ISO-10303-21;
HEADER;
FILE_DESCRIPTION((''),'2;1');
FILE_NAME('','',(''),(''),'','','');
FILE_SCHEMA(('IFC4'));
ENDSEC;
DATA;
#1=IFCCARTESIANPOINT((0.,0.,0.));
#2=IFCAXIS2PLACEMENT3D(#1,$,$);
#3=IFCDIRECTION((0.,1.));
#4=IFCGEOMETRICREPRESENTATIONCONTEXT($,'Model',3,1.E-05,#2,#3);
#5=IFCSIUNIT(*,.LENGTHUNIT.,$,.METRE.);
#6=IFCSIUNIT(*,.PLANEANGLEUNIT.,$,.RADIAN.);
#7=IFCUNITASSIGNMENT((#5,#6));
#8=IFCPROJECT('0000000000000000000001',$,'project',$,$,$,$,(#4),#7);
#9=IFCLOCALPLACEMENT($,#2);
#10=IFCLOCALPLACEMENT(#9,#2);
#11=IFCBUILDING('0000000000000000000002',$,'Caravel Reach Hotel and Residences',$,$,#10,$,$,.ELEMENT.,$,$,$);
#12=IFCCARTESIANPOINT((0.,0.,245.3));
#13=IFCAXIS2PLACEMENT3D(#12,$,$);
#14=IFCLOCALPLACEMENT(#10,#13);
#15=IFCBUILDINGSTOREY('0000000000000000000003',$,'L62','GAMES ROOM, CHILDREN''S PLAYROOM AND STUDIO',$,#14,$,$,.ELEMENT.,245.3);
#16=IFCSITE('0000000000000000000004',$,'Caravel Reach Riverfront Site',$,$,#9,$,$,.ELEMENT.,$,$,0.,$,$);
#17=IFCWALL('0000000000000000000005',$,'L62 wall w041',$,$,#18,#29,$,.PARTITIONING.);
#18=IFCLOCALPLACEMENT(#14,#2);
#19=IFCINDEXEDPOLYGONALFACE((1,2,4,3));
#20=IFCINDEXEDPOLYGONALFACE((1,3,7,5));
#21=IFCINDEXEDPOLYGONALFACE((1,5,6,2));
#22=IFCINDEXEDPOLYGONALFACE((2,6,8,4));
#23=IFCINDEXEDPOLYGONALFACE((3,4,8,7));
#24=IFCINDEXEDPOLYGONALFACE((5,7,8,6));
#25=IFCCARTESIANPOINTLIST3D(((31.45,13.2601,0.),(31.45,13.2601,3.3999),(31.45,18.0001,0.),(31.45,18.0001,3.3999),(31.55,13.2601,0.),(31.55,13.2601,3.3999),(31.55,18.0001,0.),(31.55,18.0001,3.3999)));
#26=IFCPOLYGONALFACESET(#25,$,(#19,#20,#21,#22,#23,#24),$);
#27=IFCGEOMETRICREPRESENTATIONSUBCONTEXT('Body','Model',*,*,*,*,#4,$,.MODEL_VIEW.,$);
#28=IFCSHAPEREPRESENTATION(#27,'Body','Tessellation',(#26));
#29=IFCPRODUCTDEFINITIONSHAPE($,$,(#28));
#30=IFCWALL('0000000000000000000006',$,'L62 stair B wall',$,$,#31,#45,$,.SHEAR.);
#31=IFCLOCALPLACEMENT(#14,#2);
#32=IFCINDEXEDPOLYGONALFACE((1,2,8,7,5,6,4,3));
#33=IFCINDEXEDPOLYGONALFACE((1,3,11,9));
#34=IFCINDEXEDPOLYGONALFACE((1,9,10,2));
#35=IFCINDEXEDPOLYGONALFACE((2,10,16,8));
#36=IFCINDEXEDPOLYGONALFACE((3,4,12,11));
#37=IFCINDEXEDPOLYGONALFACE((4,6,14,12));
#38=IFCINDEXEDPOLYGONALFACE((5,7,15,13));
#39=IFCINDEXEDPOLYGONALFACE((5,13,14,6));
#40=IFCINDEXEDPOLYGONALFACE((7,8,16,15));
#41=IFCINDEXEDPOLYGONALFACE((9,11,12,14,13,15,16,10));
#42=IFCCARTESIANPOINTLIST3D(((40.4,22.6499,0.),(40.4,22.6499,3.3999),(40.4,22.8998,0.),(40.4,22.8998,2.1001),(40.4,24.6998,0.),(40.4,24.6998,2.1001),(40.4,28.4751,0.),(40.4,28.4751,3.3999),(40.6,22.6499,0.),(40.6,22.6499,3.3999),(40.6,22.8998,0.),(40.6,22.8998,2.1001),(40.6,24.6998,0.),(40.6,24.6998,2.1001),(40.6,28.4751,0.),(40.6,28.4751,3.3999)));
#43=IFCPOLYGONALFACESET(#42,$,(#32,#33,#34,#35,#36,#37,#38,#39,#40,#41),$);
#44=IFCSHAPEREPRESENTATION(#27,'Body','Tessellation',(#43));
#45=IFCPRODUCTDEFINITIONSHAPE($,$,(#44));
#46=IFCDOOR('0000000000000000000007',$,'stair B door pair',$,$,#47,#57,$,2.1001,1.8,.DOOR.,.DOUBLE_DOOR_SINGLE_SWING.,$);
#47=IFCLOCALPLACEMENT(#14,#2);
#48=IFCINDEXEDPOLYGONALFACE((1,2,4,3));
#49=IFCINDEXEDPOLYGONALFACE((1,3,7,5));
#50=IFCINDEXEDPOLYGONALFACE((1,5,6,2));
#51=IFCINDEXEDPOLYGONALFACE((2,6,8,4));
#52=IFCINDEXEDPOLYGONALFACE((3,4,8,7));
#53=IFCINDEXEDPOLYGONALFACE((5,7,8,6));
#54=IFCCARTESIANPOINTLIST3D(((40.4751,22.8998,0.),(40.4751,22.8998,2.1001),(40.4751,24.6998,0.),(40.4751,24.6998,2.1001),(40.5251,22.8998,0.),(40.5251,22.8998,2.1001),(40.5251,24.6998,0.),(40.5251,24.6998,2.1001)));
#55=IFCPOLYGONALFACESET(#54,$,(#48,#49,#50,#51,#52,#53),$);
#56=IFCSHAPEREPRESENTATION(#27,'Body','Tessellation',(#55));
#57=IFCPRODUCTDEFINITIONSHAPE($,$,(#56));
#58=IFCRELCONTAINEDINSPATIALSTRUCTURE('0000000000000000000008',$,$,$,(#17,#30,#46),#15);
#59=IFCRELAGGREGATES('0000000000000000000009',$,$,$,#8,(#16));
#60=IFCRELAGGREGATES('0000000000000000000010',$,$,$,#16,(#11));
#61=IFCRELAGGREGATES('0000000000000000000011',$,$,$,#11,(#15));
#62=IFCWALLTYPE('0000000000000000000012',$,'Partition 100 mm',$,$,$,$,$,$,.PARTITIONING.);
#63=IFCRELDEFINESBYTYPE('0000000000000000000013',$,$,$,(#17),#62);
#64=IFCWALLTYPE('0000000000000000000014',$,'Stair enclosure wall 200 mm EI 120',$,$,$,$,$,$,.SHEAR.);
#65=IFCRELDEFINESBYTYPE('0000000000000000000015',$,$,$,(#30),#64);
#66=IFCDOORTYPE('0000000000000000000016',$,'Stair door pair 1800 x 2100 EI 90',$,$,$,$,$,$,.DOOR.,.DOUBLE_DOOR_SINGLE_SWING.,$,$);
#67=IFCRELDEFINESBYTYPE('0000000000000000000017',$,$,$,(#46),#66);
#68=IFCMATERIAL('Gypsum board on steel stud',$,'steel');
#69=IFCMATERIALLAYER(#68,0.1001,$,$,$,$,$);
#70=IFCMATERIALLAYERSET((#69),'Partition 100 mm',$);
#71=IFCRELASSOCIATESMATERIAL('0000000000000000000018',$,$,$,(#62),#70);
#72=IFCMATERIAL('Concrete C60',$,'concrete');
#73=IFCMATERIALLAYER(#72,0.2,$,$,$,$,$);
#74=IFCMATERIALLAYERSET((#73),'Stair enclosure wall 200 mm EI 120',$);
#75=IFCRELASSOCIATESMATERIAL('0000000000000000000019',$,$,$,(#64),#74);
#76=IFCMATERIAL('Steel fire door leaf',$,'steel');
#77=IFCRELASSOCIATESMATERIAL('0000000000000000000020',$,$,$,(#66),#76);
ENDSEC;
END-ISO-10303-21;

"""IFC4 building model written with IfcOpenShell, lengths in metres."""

from ifc_helpers import new_model, si_unit, direction, frame, frame_2d, origin, place, context, subcontext, project, spatial, rectangle, extrude, material, layer, layer_set, type_object, element, fill, save


model = new_model("IFC4")

# Units and contexts
model_context = context("Model", 3, precision=1e-05, world=origin(), true_north=direction((0.0, 1.0)))
body_context = subcontext(model_context, "Body", "Model", "MODEL_VIEW")
ifc_project = project(units=[si_unit("LENGTHUNIT", "METRE"), si_unit("PLANEANGLEUNIT", "RADIAN")], contexts=[model_context])

# Site, building, storey
site_placement = place(None, origin())
site = spatial("IfcSite", under=ifc_project, at=site_placement, Name="Caravel Reach Riverfront Site", CompositionType="ELEMENT", RefElevation=0.0)
building_placement = place(site_placement, origin())
building = spatial("IfcBuilding", under=site, at=building_placement, Name="Caravel Reach Hotel and Residences", CompositionType="ELEMENT")
storey_placement = place(building_placement, frame((0.0, 0.0, 245.3)))
storey = spatial("IfcBuildingStorey", under=building, at=storey_placement, Name="L62", Description="GAMES ROOM, CHILDREN'S PLAYROOM AND STUDIO", CompositionType="ELEMENT", Elevation=245.3)

# Wall
ifc_material_1 = material(Name="Gypsum board on steel stud", Category="steel")
ifc_layer_1 = layer(ifc_material_1, 0.1001)
ifc_layer_set_1 = layer_set([ifc_layer_1], Name="Partition 100 mm")
wall_type_1 = type_object("IfcWallType", Name="Partition 100 mm", PredefinedType="PARTITIONING", material=ifc_layer_set_1)
wall_1_placement = place(storey_placement, frame((31.5, 13.26, 0.0), z_axis=(0.0, 0.0, 1.0), x_axis=(0.0, 1.0, 0.0)))
element("IfcWall", 1, at=wall_1_placement, inside=storey, type_object=wall_type_1, Name="L62 wall w041", PredefinedType="PARTITIONING", context=body_context, shape_type="SweptSolid", body=[
    extrude(rectangle(XDim=4.74, YDim=0.1001, at=frame_2d((2.3701, 0.0))), origin(), (0.0, 0.0, 1.0), 3.3999),
])

# Wall, opening, door
ifc_material_2 = material(Name="Concrete C60", Category="concrete")
ifc_layer_2 = layer(ifc_material_2, 0.2)
ifc_layer_set_2 = layer_set([ifc_layer_2], Name="Stair enclosure wall 200 mm EI 120")
wall_type_2 = type_object("IfcWallType", Name="Stair enclosure wall 200 mm EI 120", PredefinedType="SHEAR", material=ifc_layer_set_2)
wall_2_placement = place(storey_placement, frame((40.5, 22.6499, 0.0), z_axis=(0.0, 0.0, 1.0), x_axis=(0.0, 1.0, 0.0)))
wall_2 = element("IfcWall", 2, at=wall_2_placement, inside=storey, type_object=wall_type_2, Name="L62 stair B wall", PredefinedType="SHEAR", context=body_context, shape_type="SweptSolid", body=[
    extrude(rectangle(XDim=5.8252, YDim=0.2, at=frame_2d((2.9126, 0.0))), origin(), (0.0, 0.0, 1.0), 3.3999),
])
opening_1_placement = place(wall_2_placement, frame((0.25, 0.0, 0.0)))
opening_1 = element("IfcOpeningElement", 3, at=opening_1_placement, cuts=wall_2, PredefinedType="OPENING", context=body_context, shape_type="SweptSolid", body=[
    extrude(rectangle(XDim=1.8, YDim=2.1001, at=frame_2d((0.8999, 1.05))), frame((0.0, 0.1099, 0.0), z_axis=(0.0, -1.0, 0.0), x_axis=(1.0, 0.0, 0.0)), (0.0, 0.0, 1.0), 0.22),
])
ifc_material_3 = material(Name="Steel fire door leaf", Category="steel")
door_type_1 = type_object("IfcDoorType", Name="Stair door pair 1800 x 2100 EI 90", OperationType="DOUBLE_DOOR_SINGLE_SWING", PredefinedType="DOOR", material=ifc_material_3)
door_1_placement = place(opening_1_placement, origin())
door_1 = element("IfcDoor", 4, at=door_1_placement, inside=storey, type_object=door_type_1, Name="stair B door pair", OperationType="DOUBLE_DOOR_SINGLE_SWING", OverallHeight=2.1001, OverallWidth=1.8, PredefinedType="DOOR", context=body_context, shape_type="SweptSolid", body=[
    extrude(rectangle(XDim=1.8, YDim=2.1001, at=frame_2d((0.8999, 1.05))), frame((0.0, 0.0249, 0.0), z_axis=(0.0, -1.0, 0.0), x_axis=(1.0, 0.0, 0.0)), (0.0, 0.0, 1.0), 0.05),
])
fill(opening_1, door_1)

save(model, "model.ifc")
